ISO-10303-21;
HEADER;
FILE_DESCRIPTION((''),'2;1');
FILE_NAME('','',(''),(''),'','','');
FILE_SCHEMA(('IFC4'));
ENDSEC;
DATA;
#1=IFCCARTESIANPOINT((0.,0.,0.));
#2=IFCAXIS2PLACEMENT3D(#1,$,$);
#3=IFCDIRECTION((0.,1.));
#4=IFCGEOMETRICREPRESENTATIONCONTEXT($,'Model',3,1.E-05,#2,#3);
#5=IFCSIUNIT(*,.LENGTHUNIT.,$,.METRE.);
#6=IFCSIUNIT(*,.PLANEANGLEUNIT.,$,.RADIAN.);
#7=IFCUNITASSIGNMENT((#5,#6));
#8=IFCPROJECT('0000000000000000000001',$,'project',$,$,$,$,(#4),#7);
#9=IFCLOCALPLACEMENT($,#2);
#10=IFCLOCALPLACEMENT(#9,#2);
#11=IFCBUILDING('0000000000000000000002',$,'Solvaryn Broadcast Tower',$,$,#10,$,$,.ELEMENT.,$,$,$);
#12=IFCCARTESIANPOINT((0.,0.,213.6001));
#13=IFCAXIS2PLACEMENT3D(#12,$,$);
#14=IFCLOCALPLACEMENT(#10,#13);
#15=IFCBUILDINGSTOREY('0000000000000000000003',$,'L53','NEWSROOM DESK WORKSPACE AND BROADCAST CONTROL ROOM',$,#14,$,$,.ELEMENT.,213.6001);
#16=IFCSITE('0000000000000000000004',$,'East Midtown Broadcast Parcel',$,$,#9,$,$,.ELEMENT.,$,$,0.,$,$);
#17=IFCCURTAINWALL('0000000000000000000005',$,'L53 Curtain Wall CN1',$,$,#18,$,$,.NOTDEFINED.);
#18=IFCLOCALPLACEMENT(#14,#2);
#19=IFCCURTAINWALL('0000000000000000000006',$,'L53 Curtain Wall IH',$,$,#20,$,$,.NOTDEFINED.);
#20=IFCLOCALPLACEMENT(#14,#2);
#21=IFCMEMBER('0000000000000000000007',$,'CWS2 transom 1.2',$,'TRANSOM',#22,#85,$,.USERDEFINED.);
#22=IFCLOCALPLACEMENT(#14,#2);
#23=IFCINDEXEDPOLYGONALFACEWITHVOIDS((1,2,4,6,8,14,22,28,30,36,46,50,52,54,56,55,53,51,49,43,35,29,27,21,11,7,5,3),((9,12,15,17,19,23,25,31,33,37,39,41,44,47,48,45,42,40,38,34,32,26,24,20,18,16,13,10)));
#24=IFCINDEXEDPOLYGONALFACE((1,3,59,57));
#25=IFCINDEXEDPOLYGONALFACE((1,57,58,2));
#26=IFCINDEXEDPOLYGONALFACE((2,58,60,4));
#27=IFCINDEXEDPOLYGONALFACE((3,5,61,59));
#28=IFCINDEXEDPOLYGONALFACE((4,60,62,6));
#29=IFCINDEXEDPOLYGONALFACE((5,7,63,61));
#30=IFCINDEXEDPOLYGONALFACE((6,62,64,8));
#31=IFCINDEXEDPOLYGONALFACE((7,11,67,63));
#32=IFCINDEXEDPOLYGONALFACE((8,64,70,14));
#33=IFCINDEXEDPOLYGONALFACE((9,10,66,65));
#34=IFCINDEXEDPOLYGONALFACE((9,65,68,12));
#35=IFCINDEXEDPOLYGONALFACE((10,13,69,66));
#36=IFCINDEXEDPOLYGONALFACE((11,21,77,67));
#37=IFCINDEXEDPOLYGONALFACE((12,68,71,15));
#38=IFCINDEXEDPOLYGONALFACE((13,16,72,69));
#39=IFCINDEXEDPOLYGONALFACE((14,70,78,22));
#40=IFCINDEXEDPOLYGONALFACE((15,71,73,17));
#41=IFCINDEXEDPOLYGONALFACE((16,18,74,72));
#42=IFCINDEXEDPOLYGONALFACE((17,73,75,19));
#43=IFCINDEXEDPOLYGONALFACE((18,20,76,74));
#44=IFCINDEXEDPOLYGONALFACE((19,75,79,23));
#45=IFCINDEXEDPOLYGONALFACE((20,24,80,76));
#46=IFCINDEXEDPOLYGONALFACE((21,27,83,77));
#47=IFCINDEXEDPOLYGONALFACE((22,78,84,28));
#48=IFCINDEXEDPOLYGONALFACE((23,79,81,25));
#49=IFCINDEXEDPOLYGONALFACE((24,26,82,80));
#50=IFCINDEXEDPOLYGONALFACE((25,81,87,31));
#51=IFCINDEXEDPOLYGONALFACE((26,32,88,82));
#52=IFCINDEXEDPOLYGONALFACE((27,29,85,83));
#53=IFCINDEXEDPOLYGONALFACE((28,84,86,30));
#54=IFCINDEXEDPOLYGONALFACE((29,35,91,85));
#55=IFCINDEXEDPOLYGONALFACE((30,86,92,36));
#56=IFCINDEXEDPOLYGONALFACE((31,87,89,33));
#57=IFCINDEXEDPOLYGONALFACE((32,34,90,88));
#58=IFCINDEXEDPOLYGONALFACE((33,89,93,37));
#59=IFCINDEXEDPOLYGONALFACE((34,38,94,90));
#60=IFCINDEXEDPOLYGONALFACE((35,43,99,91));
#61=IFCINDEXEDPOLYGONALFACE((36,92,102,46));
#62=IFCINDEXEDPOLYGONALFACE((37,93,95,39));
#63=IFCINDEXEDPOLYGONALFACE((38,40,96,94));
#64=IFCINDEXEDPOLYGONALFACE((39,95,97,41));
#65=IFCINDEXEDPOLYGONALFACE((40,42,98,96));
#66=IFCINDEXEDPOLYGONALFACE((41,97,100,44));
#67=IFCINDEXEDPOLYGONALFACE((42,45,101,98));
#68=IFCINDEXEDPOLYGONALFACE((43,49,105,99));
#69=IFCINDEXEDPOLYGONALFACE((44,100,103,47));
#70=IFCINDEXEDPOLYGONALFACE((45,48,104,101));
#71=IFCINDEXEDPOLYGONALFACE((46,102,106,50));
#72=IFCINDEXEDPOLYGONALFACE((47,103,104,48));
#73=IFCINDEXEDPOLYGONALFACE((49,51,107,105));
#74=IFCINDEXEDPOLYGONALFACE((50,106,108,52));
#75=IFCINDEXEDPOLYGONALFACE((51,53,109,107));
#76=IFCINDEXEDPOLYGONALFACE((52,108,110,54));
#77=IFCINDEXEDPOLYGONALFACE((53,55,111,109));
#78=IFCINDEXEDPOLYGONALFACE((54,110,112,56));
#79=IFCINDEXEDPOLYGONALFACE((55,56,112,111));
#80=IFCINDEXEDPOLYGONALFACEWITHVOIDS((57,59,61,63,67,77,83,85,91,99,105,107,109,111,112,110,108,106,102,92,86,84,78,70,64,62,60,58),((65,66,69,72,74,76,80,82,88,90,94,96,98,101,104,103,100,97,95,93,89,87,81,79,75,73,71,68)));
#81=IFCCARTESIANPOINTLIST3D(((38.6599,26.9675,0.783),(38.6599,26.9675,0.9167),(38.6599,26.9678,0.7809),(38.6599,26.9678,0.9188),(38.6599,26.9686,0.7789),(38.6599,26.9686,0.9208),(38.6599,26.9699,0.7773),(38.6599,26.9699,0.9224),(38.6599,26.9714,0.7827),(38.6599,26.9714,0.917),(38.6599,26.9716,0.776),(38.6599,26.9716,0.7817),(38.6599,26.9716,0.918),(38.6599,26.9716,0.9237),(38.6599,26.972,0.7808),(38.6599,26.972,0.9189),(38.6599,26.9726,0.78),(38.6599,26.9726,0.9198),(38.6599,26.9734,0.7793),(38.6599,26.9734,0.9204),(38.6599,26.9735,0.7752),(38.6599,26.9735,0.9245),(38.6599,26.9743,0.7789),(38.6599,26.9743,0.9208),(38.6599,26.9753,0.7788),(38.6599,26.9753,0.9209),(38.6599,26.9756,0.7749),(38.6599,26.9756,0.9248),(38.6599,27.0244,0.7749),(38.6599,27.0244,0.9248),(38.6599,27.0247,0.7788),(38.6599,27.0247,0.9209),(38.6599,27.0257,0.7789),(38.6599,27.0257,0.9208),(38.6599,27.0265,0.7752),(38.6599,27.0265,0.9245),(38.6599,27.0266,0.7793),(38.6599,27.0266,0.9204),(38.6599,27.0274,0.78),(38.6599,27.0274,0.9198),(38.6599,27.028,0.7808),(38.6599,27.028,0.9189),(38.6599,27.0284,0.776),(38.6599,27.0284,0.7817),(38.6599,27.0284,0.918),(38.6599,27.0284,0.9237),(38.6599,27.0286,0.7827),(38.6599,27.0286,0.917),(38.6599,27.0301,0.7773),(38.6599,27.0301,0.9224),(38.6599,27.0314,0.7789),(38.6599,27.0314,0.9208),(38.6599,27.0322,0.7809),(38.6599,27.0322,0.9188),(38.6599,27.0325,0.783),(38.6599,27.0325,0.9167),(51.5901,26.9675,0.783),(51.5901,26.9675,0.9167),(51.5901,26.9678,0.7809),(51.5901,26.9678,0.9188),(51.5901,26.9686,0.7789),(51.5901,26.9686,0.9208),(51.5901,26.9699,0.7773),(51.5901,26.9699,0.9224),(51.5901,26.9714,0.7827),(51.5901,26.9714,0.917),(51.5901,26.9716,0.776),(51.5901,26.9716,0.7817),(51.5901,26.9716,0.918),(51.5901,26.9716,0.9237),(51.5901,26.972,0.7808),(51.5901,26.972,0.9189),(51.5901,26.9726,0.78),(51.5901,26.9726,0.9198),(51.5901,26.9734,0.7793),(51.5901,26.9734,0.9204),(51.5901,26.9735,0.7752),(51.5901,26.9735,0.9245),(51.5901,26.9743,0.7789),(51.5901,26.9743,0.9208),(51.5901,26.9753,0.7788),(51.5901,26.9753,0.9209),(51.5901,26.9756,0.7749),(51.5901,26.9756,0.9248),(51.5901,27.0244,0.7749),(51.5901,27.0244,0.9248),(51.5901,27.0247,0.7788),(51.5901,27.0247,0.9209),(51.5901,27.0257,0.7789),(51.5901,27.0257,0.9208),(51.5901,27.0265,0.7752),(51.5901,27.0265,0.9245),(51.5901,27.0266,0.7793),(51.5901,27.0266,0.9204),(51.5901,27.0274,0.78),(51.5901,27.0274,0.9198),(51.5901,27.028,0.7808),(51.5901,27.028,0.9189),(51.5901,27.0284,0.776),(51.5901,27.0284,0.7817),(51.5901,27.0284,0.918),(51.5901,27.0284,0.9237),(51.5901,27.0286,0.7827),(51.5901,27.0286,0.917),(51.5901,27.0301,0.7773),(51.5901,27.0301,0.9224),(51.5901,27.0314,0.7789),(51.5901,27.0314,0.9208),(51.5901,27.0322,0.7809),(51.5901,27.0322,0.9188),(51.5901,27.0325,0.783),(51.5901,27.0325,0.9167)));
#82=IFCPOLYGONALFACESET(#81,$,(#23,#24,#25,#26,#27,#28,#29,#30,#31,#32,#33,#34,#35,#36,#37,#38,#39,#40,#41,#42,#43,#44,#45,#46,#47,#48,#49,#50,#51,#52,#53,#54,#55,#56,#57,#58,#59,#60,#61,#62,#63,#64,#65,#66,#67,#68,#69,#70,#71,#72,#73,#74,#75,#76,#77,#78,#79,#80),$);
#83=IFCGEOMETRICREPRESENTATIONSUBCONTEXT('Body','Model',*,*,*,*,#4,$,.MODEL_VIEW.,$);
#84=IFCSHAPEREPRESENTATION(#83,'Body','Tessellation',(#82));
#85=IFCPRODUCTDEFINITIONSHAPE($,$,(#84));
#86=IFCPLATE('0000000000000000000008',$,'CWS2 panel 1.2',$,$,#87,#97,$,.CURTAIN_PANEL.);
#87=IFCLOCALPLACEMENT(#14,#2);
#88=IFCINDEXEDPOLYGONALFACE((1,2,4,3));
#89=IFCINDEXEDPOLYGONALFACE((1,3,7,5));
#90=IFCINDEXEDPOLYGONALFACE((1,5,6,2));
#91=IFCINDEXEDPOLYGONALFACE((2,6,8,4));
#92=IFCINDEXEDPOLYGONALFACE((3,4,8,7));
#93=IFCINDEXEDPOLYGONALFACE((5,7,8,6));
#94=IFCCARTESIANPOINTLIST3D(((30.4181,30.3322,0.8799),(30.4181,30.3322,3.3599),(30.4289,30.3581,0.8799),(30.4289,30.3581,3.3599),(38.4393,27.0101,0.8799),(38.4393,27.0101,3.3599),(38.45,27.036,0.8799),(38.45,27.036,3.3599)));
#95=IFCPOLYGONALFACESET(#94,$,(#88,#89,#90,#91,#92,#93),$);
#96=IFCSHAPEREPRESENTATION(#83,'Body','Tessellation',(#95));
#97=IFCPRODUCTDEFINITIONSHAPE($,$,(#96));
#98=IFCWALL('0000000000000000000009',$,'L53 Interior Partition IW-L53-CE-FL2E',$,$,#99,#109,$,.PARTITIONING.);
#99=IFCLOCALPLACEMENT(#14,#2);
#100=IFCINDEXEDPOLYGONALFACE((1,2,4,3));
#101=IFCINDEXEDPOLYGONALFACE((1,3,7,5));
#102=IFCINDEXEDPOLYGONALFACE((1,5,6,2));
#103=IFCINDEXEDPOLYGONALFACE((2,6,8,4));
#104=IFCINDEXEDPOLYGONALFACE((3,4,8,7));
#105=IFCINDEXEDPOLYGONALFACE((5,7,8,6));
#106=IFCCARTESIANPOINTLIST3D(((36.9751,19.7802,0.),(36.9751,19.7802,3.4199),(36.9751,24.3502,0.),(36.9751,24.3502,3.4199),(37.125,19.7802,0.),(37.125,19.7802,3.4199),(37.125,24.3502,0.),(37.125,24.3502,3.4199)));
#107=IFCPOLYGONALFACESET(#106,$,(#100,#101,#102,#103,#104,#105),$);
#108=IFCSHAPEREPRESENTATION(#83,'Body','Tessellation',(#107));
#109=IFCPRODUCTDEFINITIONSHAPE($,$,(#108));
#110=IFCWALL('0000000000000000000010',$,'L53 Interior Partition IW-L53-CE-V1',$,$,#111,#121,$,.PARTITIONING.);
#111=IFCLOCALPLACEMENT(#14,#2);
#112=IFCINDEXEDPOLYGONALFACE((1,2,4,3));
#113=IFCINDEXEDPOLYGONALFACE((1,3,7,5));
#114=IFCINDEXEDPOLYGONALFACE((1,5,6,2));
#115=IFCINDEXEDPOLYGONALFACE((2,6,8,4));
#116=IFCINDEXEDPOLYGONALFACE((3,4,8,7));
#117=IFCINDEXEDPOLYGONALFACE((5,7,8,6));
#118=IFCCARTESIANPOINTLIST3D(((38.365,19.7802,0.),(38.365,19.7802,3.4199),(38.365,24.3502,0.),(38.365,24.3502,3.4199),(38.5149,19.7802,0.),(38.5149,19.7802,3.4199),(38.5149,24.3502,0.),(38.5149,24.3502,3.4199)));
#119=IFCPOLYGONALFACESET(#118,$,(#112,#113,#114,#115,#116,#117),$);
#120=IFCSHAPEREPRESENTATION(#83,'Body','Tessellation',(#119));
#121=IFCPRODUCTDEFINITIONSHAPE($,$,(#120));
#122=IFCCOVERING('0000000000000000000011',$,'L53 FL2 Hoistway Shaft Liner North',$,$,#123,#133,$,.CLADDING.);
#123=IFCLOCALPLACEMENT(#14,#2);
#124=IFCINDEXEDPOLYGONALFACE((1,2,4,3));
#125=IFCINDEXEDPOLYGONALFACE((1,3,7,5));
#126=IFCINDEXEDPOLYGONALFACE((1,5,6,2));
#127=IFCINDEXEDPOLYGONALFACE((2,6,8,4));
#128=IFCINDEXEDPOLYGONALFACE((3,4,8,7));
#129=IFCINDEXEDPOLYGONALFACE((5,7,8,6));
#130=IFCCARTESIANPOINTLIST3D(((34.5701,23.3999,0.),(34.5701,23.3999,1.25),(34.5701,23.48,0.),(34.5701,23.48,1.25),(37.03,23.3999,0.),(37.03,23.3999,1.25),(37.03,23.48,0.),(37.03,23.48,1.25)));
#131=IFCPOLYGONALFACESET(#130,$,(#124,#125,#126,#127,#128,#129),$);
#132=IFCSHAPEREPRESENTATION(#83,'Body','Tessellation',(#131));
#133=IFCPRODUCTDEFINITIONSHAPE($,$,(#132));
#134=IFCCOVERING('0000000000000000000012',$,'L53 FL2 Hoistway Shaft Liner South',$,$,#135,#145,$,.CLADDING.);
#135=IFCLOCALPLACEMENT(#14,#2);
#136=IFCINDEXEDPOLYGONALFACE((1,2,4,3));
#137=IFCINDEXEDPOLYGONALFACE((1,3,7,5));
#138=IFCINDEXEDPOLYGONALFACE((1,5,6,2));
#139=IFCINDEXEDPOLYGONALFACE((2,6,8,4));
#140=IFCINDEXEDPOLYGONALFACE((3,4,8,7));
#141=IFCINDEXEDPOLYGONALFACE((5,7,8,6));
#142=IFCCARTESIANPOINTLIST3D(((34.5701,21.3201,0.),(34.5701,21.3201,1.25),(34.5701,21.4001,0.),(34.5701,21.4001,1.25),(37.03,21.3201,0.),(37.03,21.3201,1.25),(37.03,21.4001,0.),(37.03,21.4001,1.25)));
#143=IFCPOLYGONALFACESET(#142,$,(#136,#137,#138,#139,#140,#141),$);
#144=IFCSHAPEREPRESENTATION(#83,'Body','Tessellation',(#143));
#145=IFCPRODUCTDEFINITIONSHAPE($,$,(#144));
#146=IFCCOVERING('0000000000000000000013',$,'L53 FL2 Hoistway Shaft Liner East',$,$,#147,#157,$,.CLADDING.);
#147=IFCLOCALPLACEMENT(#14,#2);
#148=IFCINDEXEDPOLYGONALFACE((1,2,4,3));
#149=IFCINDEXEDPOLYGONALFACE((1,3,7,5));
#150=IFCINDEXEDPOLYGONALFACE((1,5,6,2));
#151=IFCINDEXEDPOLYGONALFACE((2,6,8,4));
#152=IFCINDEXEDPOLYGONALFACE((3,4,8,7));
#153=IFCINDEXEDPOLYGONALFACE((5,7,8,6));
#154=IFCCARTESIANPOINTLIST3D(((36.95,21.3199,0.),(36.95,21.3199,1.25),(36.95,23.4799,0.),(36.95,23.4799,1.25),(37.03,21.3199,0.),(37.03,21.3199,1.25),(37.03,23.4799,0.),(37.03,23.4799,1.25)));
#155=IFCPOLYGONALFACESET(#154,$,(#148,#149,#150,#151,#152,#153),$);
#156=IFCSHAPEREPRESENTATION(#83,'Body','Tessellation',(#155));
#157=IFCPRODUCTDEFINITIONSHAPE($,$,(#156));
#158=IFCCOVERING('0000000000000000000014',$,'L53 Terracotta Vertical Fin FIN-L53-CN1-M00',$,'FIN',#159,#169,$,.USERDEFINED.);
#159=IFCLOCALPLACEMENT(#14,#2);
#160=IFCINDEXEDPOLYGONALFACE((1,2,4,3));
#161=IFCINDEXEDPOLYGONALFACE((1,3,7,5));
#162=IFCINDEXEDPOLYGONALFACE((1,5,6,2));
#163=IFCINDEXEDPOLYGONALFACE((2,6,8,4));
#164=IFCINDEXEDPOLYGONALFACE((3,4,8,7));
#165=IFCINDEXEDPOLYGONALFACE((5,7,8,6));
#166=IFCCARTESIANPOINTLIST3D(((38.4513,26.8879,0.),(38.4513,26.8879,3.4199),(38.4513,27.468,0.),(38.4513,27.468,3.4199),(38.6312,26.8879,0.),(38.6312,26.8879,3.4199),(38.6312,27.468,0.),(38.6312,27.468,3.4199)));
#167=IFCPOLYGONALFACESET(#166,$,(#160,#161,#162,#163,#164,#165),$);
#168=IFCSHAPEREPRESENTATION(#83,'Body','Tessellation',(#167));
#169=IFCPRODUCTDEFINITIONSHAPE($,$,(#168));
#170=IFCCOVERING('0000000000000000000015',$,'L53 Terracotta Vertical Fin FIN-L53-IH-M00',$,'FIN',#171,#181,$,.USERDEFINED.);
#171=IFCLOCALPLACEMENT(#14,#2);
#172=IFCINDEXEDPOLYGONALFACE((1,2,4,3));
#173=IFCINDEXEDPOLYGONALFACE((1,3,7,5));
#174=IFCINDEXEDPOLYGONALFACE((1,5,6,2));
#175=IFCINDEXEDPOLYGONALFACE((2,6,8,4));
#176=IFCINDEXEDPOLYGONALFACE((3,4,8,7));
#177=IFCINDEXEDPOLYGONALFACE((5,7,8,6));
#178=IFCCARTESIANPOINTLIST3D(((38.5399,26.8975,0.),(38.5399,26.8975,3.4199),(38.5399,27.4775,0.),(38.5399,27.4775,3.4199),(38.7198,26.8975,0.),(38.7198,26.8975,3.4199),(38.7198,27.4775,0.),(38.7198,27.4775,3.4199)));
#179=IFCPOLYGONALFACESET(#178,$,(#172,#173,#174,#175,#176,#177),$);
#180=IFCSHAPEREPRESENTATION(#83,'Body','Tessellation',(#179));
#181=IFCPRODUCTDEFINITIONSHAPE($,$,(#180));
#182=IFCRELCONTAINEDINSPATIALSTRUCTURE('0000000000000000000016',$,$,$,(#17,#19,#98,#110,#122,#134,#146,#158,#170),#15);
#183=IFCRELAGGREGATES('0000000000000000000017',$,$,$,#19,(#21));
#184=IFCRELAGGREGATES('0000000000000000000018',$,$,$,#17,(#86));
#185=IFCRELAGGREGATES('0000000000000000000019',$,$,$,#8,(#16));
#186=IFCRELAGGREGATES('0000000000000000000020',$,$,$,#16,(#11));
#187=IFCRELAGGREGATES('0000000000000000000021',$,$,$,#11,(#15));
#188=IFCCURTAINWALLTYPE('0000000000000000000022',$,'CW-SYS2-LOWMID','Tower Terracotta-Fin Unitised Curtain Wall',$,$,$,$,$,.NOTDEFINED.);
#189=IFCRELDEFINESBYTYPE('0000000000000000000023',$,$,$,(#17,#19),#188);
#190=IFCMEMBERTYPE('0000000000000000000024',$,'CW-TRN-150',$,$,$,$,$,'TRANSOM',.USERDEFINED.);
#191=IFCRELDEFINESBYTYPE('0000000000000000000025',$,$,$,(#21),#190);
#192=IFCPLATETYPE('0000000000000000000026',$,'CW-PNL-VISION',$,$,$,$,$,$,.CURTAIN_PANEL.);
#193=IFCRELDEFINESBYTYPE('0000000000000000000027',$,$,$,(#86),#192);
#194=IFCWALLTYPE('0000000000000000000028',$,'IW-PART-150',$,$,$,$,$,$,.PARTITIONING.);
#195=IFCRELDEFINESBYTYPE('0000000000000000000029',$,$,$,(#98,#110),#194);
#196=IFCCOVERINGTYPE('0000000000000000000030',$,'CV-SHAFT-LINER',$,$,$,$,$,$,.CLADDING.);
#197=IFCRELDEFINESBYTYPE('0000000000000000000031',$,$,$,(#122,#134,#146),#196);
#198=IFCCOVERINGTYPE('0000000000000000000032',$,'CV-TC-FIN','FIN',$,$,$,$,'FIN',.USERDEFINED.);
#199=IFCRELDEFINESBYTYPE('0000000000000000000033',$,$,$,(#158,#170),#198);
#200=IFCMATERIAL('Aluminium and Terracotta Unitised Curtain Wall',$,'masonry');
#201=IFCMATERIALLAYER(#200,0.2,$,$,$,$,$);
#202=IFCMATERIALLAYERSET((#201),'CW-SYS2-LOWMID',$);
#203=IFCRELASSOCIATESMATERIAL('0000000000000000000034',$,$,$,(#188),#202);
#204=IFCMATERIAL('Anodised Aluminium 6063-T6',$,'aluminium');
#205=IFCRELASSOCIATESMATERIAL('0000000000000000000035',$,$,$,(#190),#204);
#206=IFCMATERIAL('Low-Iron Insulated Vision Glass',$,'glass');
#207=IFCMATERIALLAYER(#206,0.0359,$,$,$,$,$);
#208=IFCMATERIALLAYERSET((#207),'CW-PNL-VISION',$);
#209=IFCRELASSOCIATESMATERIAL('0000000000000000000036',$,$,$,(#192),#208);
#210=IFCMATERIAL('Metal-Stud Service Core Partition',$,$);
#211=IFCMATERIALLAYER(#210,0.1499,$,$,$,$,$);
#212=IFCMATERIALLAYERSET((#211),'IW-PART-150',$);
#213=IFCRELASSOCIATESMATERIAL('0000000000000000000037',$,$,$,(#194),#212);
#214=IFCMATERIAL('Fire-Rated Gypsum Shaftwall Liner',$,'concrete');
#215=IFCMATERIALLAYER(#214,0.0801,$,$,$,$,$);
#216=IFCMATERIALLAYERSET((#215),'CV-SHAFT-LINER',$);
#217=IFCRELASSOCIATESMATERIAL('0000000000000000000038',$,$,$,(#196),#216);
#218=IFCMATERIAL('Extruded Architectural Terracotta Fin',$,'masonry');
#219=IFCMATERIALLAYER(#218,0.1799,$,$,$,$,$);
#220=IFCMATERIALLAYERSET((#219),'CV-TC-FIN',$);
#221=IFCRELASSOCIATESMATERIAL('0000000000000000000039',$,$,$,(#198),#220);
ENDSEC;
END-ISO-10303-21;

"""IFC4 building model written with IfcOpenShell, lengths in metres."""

from ifc_helpers import new_model, si_unit, direction, frame, frame_2d, origin, origin_2d, place, context, subcontext, project, spatial, rectangle, hollow_rectangle, extrude, material, layer, layer_set, material_profile, profile_set, type_object, element, aggregate, save


model = new_model("IFC4")

# Units and contexts
model_context = context("Model", 3, precision=1e-05, world=origin(), true_north=direction((0.0, 1.0)))
body_context = subcontext(model_context, "Body", "Model", "MODEL_VIEW")
ifc_project = project(units=[si_unit("LENGTHUNIT", "METRE"), si_unit("PLANEANGLEUNIT", "RADIAN")], contexts=[model_context])

# Site, building, storey
site_placement = place(None, origin())
site = spatial("IfcSite", under=ifc_project, at=site_placement, Name="East Midtown Broadcast Parcel", CompositionType="ELEMENT", RefElevation=0.0)
building_placement = place(site_placement, origin())
building = spatial("IfcBuilding", under=site, at=building_placement, Name="Solvaryn Broadcast Tower", CompositionType="ELEMENT")
storey_placement = place(building_placement, frame((0.0, 0.0, 213.6001)))
storey = spatial("IfcBuildingStorey", under=building, at=storey_placement, Name="L53", Description="NEWSROOM DESK WORKSPACE AND BROADCAST CONTROL ROOM", CompositionType="ELEMENT", Elevation=213.6001)

# Curtain walls
ifc_material_1 = material(Name="Aluminium and Terracotta Unitised Curtain Wall", Category="masonry")
ifc_layer_1 = layer(ifc_material_1, 0.2)
ifc_layer_set_1 = layer_set([ifc_layer_1], Name="CW-SYS2-LOWMID")
curtain_wall_type = type_object("IfcCurtainWallType", Name="CW-SYS2-LOWMID", Description="Tower Terracotta-Fin Unitised Curtain Wall", PredefinedType="NOTDEFINED", material=ifc_layer_set_1)
curtain_wall_1_placement = place(storey_placement, origin())
curtain_wall_1 = element("IfcCurtainWall", 1, at=curtain_wall_1_placement, inside=storey, type_object=curtain_wall_type, Name="L53 Curtain Wall CN1", PredefinedType="NOTDEFINED")
curtain_wall_2_placement = place(storey_placement, origin())
curtain_wall_2 = element("IfcCurtainWall", 2, at=curtain_wall_2_placement, inside=storey, type_object=curtain_wall_type, Name="L53 Curtain Wall IH", PredefinedType="NOTDEFINED")

# Member
ifc_material_2 = material(Name="Anodised Aluminium 6063-T6", Category="aluminium")
ifc_material_profile_1 = material_profile(ifc_material_2, hollow_rectangle(XDim=0.0649, YDim=0.1499, WallThickness=0.0039, InnerFilletRadius=0.0039, OuterFilletRadius=0.0081, at=origin_2d()))
ifc_profile_set_1 = profile_set([ifc_material_profile_1], Name="Anodised Aluminium 6063-T6")
member_type_1 = type_object("IfcMemberType", Name="CW-TRN-150", ElementType="TRANSOM", PredefinedType="USERDEFINED", material=ifc_profile_set_1)
member_1_placement = place(storey_placement, frame((38.6599, 27.0, 0.8499), z_axis=(1.0, 0.0, 0.0), x_axis=(0.0, 1.0, 0.0)))
member_1 = element("IfcMember", 3, at=member_1_placement, type_object=member_type_1, Name="CWS2 transom 1.2", ObjectType="TRANSOM", PredefinedType="USERDEFINED", context=body_context, shape_type="SweptSolid", body=[
    extrude(hollow_rectangle(XDim=0.0649, YDim=0.1499, WallThickness=0.0039, InnerFilletRadius=0.0039, OuterFilletRadius=0.0081, at=origin_2d()), origin(), (0.0, 0.0, 1.0), 12.9302),
])
aggregate(curtain_wall_2, [member_1])

# Plate
ifc_material_3 = material(Name="Low-Iron Insulated Vision Glass", Category="glass")
ifc_layer_2 = layer(ifc_material_3, 0.0359)
ifc_layer_set_2 = layer_set([ifc_layer_2], Name="CW-PNL-VISION")
plate_type = type_object("IfcPlateType", Name="CW-PNL-VISION", PredefinedType="CURTAIN_PANEL", material=ifc_layer_set_2)
plate_placement = place(storey_placement, frame((34.4341, 28.6841, 0.8799), z_axis=(0.0, 0.0, 1.0), x_axis=(-0.923895, 0.382646, 0.0)))
plate = element("IfcPlate", 4, at=plate_placement, type_object=plate_type, Name="CWS2 panel 1.2", PredefinedType="CURTAIN_PANEL", context=body_context, shape_type="SweptSolid", body=[
    extrude(rectangle(XDim=8.6819, YDim=0.0281, at=origin_2d()), origin(), (0.0, 0.0, 1.0), 2.48),
])
aggregate(curtain_wall_1, [plate])

# Walls
ifc_material_4 = material(Name="Metal-Stud Service Core Partition")
ifc_layer_3 = layer(ifc_material_4, 0.1499)
ifc_layer_set_3 = layer_set([ifc_layer_3], Name="IW-PART-150")
wall_type_1 = type_object("IfcWallType", Name="IW-PART-150", PredefinedType="PARTITIONING", material=ifc_layer_set_3)
for number, where, z_axis, x_axis, name in (
    (5, (37.05, 19.78, 0.0), (0.0, 0.0, 1.0), (0.0, 1.0, 0.0), "L53 Interior Partition IW-L53-CE-FL2E"),
    (6, (38.4399, 19.78, 0.0), (0.0, 0.0, 1.0), (0.0, 1.0, 0.0), "L53 Interior Partition IW-L53-CE-V1"),
):
    element("IfcWall", number, at=place(storey_placement, frame(where, z_axis=z_axis, x_axis=x_axis)), inside=storey, type_object=wall_type_1, Name=name, PredefinedType="PARTITIONING", context=body_context, shape_type="SweptSolid", body=[
        extrude(rectangle(XDim=4.5701, YDim=0.1499, at=frame_2d((2.2852, 0.0))), origin(), (0.0, 0.0, 1.0), 3.4199),
    ])

# Coverings
ifc_material_5 = material(Name="Fire-Rated Gypsum Shaftwall Liner", Category="concrete")
ifc_layer_4 = layer(ifc_material_5, 0.0801)
ifc_layer_set_4 = layer_set([ifc_layer_4], Name="CV-SHAFT-LINER")
covering_type_1 = type_object("IfcCoveringType", Name="CV-SHAFT-LINER", PredefinedType="CLADDING", material=ifc_layer_set_4)
for number, where, z_axis, x_axis, name in (
    (7, (35.8, 23.4399, 0.0), (0.0, 0.0, 1.0), (1.0, 0.0, 0.0), "L53 FL2 Hoistway Shaft Liner North"),
    (8, (35.8, 21.3601, 0.0), (0.0, 0.0, 1.0), (1.0, 0.0, 0.0), "L53 FL2 Hoistway Shaft Liner South"),
):
    element("IfcCovering", number, at=place(storey_placement, frame(where, z_axis=z_axis, x_axis=x_axis)), inside=storey, type_object=covering_type_1, Name=name, PredefinedType="CLADDING", context=body_context, shape_type="SweptSolid", body=[
        extrude(rectangle(XDim=2.46, YDim=0.0801, at=origin_2d()), origin(), (0.0, 0.0, 1.0), 1.25),
    ])
covering_placement = place(storey_placement, frame((36.99, 22.3999, 0.0), z_axis=(0.0, 0.0, 1.0), x_axis=(1.0, 0.0, 0.0)))
element("IfcCovering", 9, at=covering_placement, inside=storey, type_object=covering_type_1, Name="L53 FL2 Hoistway Shaft Liner East", PredefinedType="CLADDING", context=body_context, shape_type="SweptSolid", body=[
    extrude(rectangle(XDim=0.0801, YDim=2.1599, at=origin_2d()), origin(), (0.0, 0.0, 1.0), 1.25),
])
ifc_material_6 = material(Name="Extruded Architectural Terracotta Fin", Category="masonry")
ifc_layer_5 = layer(ifc_material_6, 0.1799)
ifc_layer_set_5 = layer_set([ifc_layer_5], Name="CV-TC-FIN")
covering_type_2 = type_object("IfcCoveringType", Name="CV-TC-FIN", Description="FIN", ElementType="FIN", PredefinedType="USERDEFINED", material=ifc_layer_set_5)
for number, where, z_axis, x_axis, name in (
    (10, (38.5413, 27.178, 0.0), (0.0, 0.0, 1.0), (1.0, 0.0, 0.0), "L53 Terracotta Vertical Fin FIN-L53-CN1-M00"),
    (11, (38.6299, 27.1875, 0.0), (0.0, 0.0, 1.0), (1.0, 0.0, 0.0), "L53 Terracotta Vertical Fin FIN-L53-IH-M00"),
):
    element("IfcCovering", number, at=place(storey_placement, frame(where, z_axis=z_axis, x_axis=x_axis)), inside=storey, type_object=covering_type_2, Name=name, ObjectType="FIN", PredefinedType="USERDEFINED", context=body_context, shape_type="SweptSolid", body=[
        extrude(rectangle(XDim=0.1799, YDim=0.5801, at=origin_2d()), origin(), (0.0, 0.0, 1.0), 3.4199),
    ])

save(model, "model.ifc")
